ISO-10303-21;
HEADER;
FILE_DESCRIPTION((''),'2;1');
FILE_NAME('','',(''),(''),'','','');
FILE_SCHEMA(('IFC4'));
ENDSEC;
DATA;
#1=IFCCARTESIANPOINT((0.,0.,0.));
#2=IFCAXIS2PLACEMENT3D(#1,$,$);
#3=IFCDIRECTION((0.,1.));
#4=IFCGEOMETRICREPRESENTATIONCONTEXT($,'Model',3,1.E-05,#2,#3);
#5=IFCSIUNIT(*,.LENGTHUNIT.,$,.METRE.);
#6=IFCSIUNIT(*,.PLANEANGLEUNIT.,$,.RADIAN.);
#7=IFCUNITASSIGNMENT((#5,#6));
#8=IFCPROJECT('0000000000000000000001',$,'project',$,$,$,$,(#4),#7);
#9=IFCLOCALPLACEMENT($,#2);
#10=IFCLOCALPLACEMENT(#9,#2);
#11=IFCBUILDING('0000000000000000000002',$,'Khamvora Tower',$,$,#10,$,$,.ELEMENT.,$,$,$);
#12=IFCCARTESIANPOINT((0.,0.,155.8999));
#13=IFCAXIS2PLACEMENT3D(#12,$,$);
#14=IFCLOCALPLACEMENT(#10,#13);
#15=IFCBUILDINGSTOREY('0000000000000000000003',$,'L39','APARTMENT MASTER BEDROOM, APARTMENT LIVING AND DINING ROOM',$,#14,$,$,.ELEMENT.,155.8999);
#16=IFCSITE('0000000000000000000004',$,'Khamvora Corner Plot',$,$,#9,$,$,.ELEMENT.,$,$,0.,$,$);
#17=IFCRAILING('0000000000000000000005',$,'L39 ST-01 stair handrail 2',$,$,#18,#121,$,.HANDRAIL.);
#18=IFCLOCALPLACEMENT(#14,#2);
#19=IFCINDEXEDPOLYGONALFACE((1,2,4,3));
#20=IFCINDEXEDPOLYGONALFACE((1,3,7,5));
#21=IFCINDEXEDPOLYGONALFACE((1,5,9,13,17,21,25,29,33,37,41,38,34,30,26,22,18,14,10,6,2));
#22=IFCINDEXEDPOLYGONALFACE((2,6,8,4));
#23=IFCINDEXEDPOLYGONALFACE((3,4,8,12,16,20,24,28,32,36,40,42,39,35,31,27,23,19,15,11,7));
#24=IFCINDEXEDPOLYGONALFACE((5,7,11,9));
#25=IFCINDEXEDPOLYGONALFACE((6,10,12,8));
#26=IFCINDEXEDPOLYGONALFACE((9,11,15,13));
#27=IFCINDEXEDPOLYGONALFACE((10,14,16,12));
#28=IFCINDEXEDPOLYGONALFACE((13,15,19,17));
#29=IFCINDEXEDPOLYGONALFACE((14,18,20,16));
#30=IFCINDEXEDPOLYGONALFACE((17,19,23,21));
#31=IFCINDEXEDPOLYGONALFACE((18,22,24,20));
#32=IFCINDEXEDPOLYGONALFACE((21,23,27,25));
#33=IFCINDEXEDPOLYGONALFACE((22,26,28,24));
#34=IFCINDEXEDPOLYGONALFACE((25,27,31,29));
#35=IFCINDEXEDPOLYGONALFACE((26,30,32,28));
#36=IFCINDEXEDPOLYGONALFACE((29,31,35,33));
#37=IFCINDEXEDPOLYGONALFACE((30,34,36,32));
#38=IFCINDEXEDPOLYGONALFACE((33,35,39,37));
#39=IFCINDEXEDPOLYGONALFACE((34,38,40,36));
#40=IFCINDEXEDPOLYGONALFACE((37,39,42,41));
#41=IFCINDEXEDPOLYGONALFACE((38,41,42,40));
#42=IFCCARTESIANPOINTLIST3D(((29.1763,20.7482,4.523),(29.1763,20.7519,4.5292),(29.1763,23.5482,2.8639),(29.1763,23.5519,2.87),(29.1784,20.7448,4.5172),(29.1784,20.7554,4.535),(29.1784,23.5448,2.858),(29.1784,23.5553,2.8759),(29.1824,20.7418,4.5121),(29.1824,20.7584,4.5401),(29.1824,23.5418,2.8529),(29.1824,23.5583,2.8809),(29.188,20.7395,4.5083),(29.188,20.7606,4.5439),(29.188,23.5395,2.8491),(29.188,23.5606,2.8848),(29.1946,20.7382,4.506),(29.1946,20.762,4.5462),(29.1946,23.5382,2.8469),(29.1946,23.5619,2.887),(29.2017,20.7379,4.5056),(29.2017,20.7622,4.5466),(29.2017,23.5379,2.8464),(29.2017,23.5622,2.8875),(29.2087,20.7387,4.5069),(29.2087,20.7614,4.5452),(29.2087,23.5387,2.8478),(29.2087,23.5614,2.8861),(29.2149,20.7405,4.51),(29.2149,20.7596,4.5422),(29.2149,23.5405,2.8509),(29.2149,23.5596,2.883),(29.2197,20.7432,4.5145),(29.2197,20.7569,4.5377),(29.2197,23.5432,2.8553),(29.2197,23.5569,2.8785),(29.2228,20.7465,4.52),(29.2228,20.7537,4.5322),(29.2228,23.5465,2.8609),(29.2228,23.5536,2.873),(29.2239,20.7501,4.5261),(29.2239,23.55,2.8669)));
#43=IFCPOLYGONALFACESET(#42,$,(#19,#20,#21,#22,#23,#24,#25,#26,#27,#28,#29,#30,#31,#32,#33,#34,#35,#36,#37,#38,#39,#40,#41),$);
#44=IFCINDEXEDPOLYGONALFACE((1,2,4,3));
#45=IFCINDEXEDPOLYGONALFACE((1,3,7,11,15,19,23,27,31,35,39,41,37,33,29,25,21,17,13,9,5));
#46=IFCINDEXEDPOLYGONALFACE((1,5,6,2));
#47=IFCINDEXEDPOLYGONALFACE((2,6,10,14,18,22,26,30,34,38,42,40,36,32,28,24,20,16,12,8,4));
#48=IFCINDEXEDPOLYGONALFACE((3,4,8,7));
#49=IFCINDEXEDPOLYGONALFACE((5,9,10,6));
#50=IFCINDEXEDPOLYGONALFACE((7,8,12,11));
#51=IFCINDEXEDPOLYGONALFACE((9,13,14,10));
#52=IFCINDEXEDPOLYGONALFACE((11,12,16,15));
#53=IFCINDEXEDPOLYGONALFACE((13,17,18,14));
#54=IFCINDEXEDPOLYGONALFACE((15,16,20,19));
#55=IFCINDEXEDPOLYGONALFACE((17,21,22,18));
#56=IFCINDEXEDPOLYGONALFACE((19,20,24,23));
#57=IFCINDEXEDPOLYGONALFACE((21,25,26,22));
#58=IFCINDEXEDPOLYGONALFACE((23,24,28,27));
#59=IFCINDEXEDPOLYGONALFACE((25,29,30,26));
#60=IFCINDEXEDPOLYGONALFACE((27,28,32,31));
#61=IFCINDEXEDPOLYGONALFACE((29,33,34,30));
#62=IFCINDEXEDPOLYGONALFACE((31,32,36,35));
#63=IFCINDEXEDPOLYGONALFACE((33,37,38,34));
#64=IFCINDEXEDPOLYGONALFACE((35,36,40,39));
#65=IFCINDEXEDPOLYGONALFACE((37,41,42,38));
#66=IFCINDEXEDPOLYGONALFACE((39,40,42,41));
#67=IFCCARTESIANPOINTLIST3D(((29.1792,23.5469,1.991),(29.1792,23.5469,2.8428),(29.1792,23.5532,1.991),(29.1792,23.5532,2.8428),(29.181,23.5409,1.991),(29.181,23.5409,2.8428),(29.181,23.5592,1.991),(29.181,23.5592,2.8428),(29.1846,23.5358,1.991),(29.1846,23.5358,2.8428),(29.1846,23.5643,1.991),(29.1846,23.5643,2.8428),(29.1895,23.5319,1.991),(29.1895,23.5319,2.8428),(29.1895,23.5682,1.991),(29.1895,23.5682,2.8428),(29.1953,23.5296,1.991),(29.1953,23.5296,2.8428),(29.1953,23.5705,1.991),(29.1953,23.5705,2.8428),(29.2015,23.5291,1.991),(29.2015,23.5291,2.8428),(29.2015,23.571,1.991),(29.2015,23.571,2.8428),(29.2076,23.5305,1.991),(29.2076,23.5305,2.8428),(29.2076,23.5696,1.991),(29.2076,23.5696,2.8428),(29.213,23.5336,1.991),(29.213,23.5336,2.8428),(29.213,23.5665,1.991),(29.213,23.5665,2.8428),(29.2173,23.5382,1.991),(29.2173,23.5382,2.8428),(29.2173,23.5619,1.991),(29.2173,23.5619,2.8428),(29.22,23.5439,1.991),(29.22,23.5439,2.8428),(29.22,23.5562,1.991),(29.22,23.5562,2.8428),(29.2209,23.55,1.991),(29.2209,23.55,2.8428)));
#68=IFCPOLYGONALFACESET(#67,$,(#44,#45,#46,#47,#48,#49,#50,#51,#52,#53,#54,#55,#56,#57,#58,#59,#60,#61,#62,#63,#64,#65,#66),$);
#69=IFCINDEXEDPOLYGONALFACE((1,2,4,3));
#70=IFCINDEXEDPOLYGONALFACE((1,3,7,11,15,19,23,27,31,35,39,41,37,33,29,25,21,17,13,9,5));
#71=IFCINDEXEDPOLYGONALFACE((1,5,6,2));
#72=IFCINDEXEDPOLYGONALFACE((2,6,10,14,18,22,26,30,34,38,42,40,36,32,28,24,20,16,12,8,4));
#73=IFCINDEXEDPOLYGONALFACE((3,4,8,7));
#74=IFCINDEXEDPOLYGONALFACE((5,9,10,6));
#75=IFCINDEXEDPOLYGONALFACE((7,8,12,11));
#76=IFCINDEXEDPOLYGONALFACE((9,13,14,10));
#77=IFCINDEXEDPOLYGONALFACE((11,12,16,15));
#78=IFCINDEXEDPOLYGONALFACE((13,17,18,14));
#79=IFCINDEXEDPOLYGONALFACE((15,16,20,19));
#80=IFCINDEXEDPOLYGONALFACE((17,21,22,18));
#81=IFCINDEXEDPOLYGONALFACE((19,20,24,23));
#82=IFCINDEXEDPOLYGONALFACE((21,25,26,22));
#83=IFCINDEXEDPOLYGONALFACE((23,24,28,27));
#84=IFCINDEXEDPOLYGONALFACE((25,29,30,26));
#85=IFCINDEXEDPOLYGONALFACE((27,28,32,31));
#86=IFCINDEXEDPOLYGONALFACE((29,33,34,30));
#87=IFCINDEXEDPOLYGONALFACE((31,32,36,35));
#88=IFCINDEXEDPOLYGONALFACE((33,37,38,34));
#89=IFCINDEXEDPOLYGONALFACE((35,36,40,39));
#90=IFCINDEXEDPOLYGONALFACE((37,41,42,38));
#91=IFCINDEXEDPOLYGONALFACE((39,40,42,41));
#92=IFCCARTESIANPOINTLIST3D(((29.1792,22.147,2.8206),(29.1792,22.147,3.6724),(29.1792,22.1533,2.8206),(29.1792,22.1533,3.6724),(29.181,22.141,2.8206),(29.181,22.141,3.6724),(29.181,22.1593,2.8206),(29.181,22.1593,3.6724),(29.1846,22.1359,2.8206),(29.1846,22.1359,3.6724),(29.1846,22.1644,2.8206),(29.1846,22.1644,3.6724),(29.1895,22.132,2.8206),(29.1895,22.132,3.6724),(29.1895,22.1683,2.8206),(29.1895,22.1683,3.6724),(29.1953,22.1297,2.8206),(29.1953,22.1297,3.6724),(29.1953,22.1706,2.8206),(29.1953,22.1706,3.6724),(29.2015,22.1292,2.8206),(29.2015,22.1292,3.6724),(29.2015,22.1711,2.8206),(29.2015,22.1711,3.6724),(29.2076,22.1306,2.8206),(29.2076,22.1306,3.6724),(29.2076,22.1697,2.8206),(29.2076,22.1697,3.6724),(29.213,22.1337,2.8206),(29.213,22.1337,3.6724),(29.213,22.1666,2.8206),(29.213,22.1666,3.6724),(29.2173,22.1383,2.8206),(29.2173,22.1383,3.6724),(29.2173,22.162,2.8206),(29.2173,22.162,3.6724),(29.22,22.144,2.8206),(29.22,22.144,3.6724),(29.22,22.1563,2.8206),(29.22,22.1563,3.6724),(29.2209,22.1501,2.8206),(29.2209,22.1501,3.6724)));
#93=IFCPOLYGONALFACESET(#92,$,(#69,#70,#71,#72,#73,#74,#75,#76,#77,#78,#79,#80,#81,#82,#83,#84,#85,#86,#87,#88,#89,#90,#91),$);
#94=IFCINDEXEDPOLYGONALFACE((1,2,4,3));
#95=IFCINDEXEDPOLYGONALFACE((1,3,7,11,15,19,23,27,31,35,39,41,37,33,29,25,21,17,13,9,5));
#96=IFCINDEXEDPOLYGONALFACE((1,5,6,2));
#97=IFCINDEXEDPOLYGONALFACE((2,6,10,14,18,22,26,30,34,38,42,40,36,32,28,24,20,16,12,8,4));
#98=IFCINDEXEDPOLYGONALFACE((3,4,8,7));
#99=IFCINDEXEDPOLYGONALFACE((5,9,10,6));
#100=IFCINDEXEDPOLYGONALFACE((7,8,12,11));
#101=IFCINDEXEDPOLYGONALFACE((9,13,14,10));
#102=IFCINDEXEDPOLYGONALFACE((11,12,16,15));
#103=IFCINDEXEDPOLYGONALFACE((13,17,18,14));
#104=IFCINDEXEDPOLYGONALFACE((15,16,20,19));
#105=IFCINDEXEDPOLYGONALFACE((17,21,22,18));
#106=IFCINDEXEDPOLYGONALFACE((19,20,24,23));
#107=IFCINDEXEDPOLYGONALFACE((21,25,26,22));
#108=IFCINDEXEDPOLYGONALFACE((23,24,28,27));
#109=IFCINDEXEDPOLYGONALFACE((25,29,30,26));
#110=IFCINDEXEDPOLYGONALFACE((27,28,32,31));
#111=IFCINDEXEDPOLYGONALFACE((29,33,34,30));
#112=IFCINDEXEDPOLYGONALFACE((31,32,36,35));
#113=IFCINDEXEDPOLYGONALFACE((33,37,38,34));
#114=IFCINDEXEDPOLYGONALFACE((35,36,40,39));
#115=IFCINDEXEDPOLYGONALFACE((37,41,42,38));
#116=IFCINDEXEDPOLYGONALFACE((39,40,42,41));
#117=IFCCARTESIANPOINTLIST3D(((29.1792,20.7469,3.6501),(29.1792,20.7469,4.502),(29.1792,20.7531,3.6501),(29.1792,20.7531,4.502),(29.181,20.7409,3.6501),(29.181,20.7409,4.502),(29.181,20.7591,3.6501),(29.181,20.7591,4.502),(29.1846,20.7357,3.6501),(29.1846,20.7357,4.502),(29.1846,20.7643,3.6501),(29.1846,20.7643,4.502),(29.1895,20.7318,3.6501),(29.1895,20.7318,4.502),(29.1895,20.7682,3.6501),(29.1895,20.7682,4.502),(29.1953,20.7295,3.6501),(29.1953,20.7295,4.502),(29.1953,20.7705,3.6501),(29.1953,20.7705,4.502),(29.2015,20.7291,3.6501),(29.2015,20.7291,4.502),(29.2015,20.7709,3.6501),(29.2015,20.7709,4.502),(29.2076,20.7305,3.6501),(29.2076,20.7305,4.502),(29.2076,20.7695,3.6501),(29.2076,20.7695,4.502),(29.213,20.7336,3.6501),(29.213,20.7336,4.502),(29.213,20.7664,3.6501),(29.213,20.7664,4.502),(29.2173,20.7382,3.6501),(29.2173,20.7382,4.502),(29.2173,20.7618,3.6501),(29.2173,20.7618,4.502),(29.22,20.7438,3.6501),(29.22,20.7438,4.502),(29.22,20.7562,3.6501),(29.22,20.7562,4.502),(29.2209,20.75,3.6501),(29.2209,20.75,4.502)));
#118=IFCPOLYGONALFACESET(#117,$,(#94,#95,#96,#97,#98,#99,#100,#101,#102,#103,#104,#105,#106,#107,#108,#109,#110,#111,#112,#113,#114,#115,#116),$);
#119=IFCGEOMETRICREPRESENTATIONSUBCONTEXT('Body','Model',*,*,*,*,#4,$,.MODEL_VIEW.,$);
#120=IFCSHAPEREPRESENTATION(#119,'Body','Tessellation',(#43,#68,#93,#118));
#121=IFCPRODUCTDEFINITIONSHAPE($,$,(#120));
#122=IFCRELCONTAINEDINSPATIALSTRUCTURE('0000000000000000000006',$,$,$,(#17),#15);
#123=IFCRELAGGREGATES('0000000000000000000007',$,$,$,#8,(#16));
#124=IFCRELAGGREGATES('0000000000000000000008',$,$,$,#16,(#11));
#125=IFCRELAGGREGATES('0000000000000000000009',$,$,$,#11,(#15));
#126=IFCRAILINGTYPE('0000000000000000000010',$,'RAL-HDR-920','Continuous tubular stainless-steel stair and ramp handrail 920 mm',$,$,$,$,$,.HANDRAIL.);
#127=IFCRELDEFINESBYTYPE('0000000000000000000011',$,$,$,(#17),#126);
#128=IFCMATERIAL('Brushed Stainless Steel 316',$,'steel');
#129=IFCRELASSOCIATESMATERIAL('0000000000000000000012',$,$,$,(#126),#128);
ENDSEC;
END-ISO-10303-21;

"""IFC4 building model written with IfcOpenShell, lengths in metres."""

from ifc_helpers import new_model, si_unit, direction, frame, origin, origin_2d, place, context, subcontext, project, spatial, circle, extrude, material, type_object, element, save


model = new_model("IFC4")

# Units and contexts
model_context = context("Model", 3, precision=1e-05, world=origin(), true_north=direction((0.0, 1.0)))
body_context = subcontext(model_context, "Body", "Model", "MODEL_VIEW")
ifc_project = project(units=[si_unit("LENGTHUNIT", "METRE"), si_unit("PLANEANGLEUNIT", "RADIAN")], contexts=[model_context])

# Site, building, storey
site_placement = place(None, origin())
site = spatial("IfcSite", under=ifc_project, at=site_placement, Name="Khamvora Corner Plot", CompositionType="ELEMENT", RefElevation=0.0)
building_placement = place(site_placement, origin())
building = spatial("IfcBuilding", under=site, at=building_placement, Name="Khamvora Tower", CompositionType="ELEMENT")
storey_placement = place(building_placement, frame((0.0, 0.0, 155.8999)))
storey = spatial("IfcBuildingStorey", under=building, at=storey_placement, Name="L39", Description="APARTMENT MASTER BEDROOM, APARTMENT LIVING AND DINING ROOM", CompositionType="ELEMENT", Elevation=155.8999)

# Railing
ifc_material_1 = material(Name="Brushed Stainless Steel 316", Category="steel")
railing_type_1 = type_object("IfcRailingType", Name="RAL-HDR-920", Description="Continuous tubular stainless-steel stair and ramp handrail 920 mm", PredefinedType="HANDRAIL", material=ifc_material_1)
railing_1_placement = place(storey_placement, frame((29.2, 23.55, 1.991)))
element("IfcRailing", 1, at=railing_1_placement, inside=storey, type_object=railing_type_1, Name="L39 ST-01 stair handrail 2", PredefinedType="HANDRAIL", context=body_context, shape_type="SweptSolid", body=[
    extrude(circle(Radius=0.0239, at=origin_2d()), frame((0.0, 0.0, 0.876), z_axis=(0.0, -0.860306, 0.509778), x_axis=(1.0, 0.0, 0.0)), (0.0, 0.0, 1.0), 3.2546),
    extrude(circle(Radius=0.021, at=origin_2d()), origin(), (0.0, 0.0, 1.0), 0.8518),
    extrude(circle(Radius=0.021, at=origin_2d()), frame((0.0, -1.3999, 0.8296)), (0.0, 0.0, 1.0), 0.8518),
    extrude(circle(Radius=0.021, at=origin_2d()), frame((0.0, -2.8, 1.6592)), (0.0, 0.0, 1.0), 0.8518),
])

save(model, "model.ifc")
